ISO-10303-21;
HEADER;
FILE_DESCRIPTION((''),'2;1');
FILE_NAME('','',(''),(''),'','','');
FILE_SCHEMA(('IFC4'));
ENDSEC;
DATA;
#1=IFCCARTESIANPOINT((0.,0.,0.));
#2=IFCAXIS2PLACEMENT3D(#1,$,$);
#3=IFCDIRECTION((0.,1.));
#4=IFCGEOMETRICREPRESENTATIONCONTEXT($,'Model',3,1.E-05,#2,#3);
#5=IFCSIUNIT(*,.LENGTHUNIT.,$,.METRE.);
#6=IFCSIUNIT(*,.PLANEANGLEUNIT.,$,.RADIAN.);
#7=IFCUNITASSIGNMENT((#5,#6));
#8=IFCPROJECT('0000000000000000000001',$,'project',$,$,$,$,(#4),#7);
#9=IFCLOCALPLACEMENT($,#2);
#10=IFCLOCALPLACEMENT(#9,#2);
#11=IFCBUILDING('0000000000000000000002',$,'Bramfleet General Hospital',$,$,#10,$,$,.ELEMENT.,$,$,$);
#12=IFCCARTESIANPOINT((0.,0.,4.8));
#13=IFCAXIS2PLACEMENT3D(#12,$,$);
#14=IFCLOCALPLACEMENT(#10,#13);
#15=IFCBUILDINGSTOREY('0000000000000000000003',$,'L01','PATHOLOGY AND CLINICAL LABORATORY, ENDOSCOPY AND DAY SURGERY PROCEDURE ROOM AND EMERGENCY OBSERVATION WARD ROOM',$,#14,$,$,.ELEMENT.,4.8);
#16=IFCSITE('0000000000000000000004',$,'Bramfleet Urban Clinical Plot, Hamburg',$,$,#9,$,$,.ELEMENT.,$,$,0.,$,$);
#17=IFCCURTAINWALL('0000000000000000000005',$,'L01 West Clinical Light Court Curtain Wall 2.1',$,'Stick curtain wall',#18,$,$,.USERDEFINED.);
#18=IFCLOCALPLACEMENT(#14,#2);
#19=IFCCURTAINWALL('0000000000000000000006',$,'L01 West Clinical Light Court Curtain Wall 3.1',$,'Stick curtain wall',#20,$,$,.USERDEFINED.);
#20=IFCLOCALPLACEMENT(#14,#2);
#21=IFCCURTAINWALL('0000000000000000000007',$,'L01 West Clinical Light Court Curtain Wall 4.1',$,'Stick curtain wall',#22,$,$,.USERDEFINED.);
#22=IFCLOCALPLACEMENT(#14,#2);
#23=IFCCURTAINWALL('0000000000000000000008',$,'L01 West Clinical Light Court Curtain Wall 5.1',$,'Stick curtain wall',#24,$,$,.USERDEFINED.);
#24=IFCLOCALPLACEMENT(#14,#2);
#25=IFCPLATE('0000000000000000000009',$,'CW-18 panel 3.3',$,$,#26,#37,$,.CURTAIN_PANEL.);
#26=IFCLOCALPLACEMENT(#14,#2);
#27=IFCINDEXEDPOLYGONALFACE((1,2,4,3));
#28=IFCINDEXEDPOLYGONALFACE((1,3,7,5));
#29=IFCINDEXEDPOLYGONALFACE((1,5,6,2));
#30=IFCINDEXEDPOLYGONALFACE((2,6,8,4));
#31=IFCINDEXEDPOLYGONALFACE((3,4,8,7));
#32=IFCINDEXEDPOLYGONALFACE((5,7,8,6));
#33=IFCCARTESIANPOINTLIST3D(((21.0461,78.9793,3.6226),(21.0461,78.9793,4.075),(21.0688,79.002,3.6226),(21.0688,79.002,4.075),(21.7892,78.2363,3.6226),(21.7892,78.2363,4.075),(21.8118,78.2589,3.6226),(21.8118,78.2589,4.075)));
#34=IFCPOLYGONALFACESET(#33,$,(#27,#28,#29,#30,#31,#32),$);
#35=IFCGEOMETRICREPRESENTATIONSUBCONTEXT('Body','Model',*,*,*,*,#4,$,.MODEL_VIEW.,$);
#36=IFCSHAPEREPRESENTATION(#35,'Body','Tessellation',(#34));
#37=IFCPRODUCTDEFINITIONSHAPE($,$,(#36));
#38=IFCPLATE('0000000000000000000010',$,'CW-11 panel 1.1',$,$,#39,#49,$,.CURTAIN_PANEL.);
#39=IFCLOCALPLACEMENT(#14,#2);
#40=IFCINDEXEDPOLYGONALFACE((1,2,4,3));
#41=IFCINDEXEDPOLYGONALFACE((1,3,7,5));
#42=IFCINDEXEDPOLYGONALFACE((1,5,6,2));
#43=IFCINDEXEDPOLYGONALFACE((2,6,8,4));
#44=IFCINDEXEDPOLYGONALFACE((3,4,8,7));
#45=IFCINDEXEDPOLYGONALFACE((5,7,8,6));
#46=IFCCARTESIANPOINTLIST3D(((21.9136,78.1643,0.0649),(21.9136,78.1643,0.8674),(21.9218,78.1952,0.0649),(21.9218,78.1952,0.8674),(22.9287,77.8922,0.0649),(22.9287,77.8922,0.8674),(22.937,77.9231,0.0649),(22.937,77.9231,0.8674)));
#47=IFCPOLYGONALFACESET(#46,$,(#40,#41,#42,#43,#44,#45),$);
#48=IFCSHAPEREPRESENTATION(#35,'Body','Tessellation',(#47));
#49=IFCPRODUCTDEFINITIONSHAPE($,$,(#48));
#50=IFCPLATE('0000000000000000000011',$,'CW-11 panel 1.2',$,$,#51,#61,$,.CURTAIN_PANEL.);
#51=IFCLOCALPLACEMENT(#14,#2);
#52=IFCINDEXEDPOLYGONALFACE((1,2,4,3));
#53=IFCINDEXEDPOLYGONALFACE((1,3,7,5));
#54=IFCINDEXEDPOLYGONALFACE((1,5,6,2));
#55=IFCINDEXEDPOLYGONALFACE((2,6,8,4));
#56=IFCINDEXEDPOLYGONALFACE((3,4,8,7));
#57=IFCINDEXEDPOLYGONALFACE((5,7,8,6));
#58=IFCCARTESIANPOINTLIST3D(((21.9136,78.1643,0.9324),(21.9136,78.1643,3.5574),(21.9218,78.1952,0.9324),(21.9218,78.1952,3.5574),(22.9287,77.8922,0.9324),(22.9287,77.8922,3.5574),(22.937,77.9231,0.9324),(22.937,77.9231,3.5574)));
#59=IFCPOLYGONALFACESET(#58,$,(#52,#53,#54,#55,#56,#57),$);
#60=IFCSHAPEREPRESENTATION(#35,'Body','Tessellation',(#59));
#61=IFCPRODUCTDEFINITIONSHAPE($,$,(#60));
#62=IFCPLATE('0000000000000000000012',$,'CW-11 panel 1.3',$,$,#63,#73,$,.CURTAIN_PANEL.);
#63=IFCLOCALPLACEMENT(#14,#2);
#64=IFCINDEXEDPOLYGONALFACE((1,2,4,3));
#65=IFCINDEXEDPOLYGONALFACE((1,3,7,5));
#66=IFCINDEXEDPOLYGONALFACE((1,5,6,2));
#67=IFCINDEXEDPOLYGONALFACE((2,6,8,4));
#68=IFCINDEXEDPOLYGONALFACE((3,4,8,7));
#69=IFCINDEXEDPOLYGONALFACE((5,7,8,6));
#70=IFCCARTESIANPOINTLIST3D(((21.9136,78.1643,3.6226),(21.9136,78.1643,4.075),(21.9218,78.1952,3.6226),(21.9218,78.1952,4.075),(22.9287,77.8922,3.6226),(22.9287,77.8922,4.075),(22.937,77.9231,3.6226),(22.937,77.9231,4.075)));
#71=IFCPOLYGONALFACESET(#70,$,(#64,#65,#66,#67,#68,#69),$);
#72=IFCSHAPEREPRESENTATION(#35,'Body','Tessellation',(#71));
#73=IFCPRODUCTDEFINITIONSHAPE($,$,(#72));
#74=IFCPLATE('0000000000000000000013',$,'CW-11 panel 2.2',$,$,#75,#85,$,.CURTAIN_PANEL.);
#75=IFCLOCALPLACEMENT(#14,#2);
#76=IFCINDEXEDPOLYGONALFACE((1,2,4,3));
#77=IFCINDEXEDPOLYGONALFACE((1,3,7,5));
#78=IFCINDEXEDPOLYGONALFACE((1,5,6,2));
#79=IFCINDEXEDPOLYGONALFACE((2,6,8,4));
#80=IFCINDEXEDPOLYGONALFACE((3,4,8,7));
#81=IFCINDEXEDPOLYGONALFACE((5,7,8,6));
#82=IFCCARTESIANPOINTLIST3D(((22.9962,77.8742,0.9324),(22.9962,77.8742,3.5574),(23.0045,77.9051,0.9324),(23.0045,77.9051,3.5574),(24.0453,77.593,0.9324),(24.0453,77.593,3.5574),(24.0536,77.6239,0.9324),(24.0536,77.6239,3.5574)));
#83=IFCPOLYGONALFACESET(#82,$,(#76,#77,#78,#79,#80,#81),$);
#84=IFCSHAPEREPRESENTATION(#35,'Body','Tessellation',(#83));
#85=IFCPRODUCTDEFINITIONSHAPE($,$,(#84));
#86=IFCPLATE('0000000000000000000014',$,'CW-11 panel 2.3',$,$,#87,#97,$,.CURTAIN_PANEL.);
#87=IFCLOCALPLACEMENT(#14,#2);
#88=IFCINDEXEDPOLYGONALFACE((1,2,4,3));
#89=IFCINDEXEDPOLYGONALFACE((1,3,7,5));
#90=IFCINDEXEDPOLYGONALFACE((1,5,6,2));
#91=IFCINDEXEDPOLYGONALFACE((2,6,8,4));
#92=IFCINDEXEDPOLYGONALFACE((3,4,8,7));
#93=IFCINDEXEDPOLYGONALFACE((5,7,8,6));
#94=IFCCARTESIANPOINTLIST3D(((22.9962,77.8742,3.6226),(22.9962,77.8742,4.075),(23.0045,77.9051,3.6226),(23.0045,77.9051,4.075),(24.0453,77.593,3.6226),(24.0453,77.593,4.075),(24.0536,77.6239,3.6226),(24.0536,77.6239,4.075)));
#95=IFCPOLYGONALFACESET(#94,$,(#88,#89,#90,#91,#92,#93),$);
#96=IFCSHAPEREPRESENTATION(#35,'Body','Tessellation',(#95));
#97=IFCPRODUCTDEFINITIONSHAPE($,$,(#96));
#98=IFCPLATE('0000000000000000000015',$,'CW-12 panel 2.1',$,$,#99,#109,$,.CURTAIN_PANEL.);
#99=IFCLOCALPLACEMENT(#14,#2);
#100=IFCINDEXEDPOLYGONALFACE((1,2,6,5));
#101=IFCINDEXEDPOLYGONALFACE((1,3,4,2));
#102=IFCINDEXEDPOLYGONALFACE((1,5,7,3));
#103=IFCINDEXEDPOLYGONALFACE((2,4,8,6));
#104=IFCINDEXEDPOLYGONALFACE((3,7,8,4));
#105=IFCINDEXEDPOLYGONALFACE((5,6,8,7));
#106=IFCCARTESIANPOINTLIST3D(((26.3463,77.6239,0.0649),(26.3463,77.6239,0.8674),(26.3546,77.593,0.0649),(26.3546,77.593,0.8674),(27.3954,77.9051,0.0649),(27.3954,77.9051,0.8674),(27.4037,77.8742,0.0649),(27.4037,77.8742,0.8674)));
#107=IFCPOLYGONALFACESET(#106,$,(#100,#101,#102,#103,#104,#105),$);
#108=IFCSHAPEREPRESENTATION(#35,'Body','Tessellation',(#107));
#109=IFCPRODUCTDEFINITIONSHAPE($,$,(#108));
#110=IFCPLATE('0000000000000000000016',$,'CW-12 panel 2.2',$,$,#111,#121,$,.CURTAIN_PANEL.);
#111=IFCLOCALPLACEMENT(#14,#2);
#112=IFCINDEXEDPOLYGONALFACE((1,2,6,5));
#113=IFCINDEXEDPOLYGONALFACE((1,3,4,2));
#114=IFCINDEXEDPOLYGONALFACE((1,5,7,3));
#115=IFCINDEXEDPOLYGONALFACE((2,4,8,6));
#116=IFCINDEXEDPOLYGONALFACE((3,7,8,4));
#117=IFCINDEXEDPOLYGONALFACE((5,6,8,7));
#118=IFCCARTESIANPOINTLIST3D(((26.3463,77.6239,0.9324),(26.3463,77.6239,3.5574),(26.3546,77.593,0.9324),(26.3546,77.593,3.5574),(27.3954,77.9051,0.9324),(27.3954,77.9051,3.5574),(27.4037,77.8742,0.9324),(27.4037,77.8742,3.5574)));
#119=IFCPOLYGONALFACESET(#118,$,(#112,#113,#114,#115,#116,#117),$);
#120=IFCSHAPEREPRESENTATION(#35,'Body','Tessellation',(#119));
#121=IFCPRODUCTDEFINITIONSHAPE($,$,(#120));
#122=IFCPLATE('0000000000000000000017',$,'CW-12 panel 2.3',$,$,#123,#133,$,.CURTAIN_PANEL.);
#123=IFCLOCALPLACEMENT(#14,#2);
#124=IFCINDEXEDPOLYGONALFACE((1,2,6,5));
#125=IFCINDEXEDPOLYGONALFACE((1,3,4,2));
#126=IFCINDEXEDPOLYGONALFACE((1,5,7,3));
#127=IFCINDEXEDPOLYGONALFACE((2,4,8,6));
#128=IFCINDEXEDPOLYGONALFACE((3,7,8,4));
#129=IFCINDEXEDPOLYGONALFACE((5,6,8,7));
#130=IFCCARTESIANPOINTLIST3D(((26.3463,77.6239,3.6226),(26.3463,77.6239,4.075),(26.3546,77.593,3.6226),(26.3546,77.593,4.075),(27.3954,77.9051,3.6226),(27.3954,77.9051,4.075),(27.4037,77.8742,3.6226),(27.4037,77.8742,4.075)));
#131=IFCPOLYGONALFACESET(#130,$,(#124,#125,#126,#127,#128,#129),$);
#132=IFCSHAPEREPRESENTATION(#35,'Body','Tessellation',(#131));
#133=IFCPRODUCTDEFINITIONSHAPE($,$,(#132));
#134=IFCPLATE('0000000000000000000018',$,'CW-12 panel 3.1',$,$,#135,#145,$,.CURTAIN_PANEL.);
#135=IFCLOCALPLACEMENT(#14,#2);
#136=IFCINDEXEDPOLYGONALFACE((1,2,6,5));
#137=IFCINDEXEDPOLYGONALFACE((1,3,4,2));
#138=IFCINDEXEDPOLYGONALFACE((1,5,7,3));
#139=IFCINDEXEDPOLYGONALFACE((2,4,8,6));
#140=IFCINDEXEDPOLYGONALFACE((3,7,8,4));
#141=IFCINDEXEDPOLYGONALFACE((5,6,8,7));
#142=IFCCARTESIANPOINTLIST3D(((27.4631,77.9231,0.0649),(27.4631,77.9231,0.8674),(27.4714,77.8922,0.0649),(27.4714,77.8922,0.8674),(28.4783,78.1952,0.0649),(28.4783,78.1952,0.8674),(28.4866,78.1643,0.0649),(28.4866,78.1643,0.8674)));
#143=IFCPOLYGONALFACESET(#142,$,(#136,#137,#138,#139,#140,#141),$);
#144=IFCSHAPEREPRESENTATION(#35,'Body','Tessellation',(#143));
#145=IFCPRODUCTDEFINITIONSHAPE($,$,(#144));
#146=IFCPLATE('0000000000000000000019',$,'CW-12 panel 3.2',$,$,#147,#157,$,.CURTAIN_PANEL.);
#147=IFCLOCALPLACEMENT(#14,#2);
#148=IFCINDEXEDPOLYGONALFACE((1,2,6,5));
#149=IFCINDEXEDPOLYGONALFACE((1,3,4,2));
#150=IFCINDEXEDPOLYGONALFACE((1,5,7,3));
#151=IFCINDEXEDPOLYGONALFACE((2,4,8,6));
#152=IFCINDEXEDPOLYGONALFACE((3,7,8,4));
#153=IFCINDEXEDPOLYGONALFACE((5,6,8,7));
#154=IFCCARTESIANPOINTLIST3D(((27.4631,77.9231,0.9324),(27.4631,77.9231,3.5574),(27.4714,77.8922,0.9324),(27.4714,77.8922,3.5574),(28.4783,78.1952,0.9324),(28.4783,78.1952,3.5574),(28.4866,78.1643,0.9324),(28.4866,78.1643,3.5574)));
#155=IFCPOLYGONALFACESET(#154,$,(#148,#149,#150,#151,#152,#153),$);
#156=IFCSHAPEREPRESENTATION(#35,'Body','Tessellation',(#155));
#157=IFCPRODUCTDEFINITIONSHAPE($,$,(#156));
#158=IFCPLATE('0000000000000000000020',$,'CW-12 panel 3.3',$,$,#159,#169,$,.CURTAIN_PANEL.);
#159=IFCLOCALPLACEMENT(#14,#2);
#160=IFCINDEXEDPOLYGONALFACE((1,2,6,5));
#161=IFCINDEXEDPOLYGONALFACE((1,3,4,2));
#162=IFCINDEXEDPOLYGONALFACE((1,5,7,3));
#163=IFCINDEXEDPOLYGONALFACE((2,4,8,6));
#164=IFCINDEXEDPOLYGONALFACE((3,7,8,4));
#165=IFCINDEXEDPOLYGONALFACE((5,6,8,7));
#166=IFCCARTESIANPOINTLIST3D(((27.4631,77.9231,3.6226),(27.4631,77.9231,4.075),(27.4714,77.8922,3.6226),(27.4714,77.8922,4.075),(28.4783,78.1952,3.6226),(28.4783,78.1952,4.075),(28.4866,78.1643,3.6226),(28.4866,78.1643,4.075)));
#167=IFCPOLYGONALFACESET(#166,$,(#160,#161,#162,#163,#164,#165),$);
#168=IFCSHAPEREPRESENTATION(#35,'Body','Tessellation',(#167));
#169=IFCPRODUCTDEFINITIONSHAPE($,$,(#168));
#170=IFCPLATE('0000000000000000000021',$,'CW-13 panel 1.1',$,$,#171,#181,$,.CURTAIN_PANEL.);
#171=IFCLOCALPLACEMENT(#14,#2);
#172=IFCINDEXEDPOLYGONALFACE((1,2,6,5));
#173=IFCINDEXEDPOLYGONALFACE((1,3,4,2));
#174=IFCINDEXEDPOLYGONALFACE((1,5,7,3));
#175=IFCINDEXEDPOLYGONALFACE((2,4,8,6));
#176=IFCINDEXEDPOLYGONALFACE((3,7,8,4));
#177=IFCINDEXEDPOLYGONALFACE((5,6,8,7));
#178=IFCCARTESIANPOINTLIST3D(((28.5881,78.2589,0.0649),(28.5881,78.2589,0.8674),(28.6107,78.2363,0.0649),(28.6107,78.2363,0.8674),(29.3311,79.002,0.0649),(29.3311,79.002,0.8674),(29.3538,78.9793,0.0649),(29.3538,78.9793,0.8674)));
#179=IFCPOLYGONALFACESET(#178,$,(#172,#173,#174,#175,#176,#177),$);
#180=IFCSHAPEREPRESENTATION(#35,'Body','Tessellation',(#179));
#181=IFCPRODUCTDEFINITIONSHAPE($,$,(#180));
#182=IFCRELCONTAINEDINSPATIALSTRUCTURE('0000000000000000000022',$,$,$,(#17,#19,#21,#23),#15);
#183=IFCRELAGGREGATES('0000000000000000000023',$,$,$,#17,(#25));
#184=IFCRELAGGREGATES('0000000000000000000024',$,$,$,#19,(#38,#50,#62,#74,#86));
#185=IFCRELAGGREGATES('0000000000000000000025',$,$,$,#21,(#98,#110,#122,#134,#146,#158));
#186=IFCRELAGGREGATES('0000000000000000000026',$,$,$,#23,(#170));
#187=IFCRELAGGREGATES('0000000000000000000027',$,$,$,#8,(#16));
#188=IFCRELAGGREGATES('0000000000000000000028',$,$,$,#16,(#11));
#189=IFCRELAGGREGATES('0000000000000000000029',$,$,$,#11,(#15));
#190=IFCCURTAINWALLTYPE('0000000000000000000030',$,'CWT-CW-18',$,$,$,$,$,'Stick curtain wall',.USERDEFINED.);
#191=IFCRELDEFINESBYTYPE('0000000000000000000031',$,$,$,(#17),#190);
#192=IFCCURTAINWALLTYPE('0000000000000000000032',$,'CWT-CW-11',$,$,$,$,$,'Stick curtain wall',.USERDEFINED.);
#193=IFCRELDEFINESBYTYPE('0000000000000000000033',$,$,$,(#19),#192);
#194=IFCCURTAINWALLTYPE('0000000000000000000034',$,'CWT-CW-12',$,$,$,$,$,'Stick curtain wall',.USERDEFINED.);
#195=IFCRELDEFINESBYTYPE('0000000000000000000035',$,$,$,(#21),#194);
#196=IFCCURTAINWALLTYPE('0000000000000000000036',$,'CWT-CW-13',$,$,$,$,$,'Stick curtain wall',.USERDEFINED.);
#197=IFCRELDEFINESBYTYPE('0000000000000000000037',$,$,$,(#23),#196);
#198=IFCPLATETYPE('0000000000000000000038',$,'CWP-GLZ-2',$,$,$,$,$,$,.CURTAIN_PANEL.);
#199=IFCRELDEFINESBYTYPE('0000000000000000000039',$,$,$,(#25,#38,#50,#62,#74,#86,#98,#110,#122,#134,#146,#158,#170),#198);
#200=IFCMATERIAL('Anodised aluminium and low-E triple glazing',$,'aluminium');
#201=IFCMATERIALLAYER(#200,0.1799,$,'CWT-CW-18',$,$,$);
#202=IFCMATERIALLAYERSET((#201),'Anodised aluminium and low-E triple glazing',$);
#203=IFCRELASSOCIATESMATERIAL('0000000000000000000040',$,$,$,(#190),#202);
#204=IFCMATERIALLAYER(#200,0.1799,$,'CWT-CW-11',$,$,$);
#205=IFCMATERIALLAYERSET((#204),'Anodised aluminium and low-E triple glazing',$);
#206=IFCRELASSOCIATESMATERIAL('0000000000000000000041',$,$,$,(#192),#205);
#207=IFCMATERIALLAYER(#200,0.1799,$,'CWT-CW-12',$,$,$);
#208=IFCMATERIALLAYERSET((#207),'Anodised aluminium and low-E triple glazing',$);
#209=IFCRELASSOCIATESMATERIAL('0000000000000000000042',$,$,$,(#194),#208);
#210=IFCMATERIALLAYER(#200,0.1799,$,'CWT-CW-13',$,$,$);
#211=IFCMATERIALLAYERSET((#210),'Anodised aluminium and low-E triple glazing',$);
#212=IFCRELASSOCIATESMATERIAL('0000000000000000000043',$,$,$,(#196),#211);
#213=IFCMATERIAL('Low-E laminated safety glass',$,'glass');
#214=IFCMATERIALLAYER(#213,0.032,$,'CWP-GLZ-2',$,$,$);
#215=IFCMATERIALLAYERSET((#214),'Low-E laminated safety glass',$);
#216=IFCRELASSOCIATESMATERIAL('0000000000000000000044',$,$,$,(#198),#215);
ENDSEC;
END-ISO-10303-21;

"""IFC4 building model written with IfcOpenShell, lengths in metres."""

from ifc_helpers import new_model, si_unit, direction, frame, origin, origin_2d, place, context, subcontext, project, spatial, rectangle, extrude, material, layer, layer_set, type_object, element, aggregate, save


model = new_model("IFC4")

# Units and contexts
model_context = context("Model", 3, precision=1e-05, world=origin(), true_north=direction((0.0, 1.0)))
body_context = subcontext(model_context, "Body", "Model", "MODEL_VIEW")
ifc_project = project(units=[si_unit("LENGTHUNIT", "METRE"), si_unit("PLANEANGLEUNIT", "RADIAN")], contexts=[model_context])

# Site, building, storey
site_placement = place(None, origin())
site = spatial("IfcSite", under=ifc_project, at=site_placement, Name="Bramfleet Urban Clinical Plot, Hamburg", CompositionType="ELEMENT", RefElevation=0.0)
building_placement = place(site_placement, origin())
building = spatial("IfcBuilding", under=site, at=building_placement, Name="Bramfleet General Hospital", CompositionType="ELEMENT")
storey_placement = place(building_placement, frame((0.0, 0.0, 4.8)))
storey = spatial("IfcBuildingStorey", under=building, at=storey_placement, Name="L01", Description="PATHOLOGY AND CLINICAL LABORATORY, ENDOSCOPY AND DAY SURGERY PROCEDURE ROOM AND EMERGENCY OBSERVATION WARD ROOM", CompositionType="ELEMENT", Elevation=4.8)

# Curtain wall
ifc_material_1 = material(Name="Anodised aluminium and low-E triple glazing", Category="aluminium")
ifc_layer_1 = layer(ifc_material_1, 0.1799, Name="CWT-CW-18")
ifc_layer_set_1 = layer_set([ifc_layer_1], Name="Anodised aluminium and low-E triple glazing")
curtain_wall_type_1 = type_object("IfcCurtainWallType", Name="CWT-CW-18", ElementType="Stick curtain wall", PredefinedType="USERDEFINED", material=ifc_layer_set_1)
curtain_wall_1_placement = place(storey_placement, origin())
curtain_wall_1 = element("IfcCurtainWall", 1, at=curtain_wall_1_placement, inside=storey, type_object=curtain_wall_type_1, Name="L01 West Clinical Light Court Curtain Wall 2.1", ObjectType="Stick curtain wall", PredefinedType="USERDEFINED")

# Curtain walls
ifc_layer_2 = layer(ifc_material_1, 0.1799, Name="CWT-CW-11")
ifc_layer_set_2 = layer_set([ifc_layer_2], Name="Anodised aluminium and low-E triple glazing")
curtain_wall_type_2 = type_object("IfcCurtainWallType", Name="CWT-CW-11", ElementType="Stick curtain wall", PredefinedType="USERDEFINED", material=ifc_layer_set_2)
curtain_wall_2_placement = place(storey_placement, origin())
curtain_wall_2 = element("IfcCurtainWall", 2, at=curtain_wall_2_placement, inside=storey, type_object=curtain_wall_type_2, Name="L01 West Clinical Light Court Curtain Wall 3.1", ObjectType="Stick curtain wall", PredefinedType="USERDEFINED")
ifc_layer_3 = layer(ifc_material_1, 0.1799, Name="CWT-CW-12")
ifc_layer_set_3 = layer_set([ifc_layer_3], Name="Anodised aluminium and low-E triple glazing")
curtain_wall_type_3 = type_object("IfcCurtainWallType", Name="CWT-CW-12", ElementType="Stick curtain wall", PredefinedType="USERDEFINED", material=ifc_layer_set_3)
curtain_wall_3_placement = place(storey_placement, origin())
curtain_wall_3 = element("IfcCurtainWall", 3, at=curtain_wall_3_placement, inside=storey, type_object=curtain_wall_type_3, Name="L01 West Clinical Light Court Curtain Wall 4.1", ObjectType="Stick curtain wall", PredefinedType="USERDEFINED")

# Curtain wall
ifc_layer_4 = layer(ifc_material_1, 0.1799, Name="CWT-CW-13")
ifc_layer_set_4 = layer_set([ifc_layer_4], Name="Anodised aluminium and low-E triple glazing")
curtain_wall_type_4 = type_object("IfcCurtainWallType", Name="CWT-CW-13", ElementType="Stick curtain wall", PredefinedType="USERDEFINED", material=ifc_layer_set_4)
curtain_wall_4_placement = place(storey_placement, origin())
curtain_wall_4 = element("IfcCurtainWall", 4, at=curtain_wall_4_placement, inside=storey, type_object=curtain_wall_type_4, Name="L01 West Clinical Light Court Curtain Wall 5.1", ObjectType="Stick curtain wall", PredefinedType="USERDEFINED")

# Plates
ifc_material_2 = material(Name="Low-E laminated safety glass", Category="glass")
ifc_layer_5 = layer(ifc_material_2, 0.032, Name="CWP-GLZ-2")
ifc_layer_set_5 = layer_set([ifc_layer_5], Name="Low-E laminated safety glass")
plate_type = type_object("IfcPlateType", Name="CWP-GLZ-2", PredefinedType="CURTAIN_PANEL", material=ifc_layer_set_5)
plate_1_placement = place(storey_placement, frame((21.429, 78.6191, 3.6226), z_axis=(0.0, 0.0, 1.0), x_axis=(0.707107, -0.707107, 0.0)))
plate_1 = element("IfcPlate", 5, at=plate_1_placement, type_object=plate_type, Name="CW-18 panel 3.3", PredefinedType="CURTAIN_PANEL", context=body_context, shape_type="SweptSolid", body=[
    extrude(rectangle(XDim=1.0508, YDim=0.032, at=origin_2d()), origin(), (0.0, 0.0, 1.0), 0.4524),
])
aggregate(curtain_wall_1, [plate_1])
plate_2_placement = place(storey_placement, frame((22.4253, 78.0437, 0.0649), z_axis=(0.0, 0.0, 1.0), x_axis=(0.965899, -0.258919, 0.0)))
plate_2 = element("IfcPlate", 6, at=plate_2_placement, type_object=plate_type, Name="CW-11 panel 1.1", PredefinedType="CURTAIN_PANEL", context=body_context, shape_type="SweptSolid", body=[
    extrude(rectangle(XDim=1.051, YDim=0.032, at=origin_2d()), origin(), (0.0, 0.0, 1.0), 0.8025),
])
plate_3_placement = place(storey_placement, frame((22.4253, 78.0437, 0.9324), z_axis=(0.0, 0.0, 1.0), x_axis=(0.965899, -0.258919, 0.0)))
plate_3 = element("IfcPlate", 7, at=plate_3_placement, type_object=plate_type, Name="CW-11 panel 1.2", PredefinedType="CURTAIN_PANEL", context=body_context, shape_type="SweptSolid", body=[
    extrude(rectangle(XDim=1.051, YDim=0.032, at=origin_2d()), origin(), (0.0, 0.0, 1.0), 2.625),
])
plate_4_placement = place(storey_placement, frame((22.4253, 78.0437, 3.6226), z_axis=(0.0, 0.0, 1.0), x_axis=(0.965899, -0.258919, 0.0)))
plate_4 = element("IfcPlate", 8, at=plate_4_placement, type_object=plate_type, Name="CW-11 panel 1.3", PredefinedType="CURTAIN_PANEL", context=body_context, shape_type="SweptSolid", body=[
    extrude(rectangle(XDim=1.051, YDim=0.032, at=origin_2d()), origin(), (0.0, 0.0, 1.0), 0.4524),
])
plate_5_placement = place(storey_placement, frame((23.5249, 77.749, 0.9324), z_axis=(0.0, 0.0, 1.0), x_axis=(0.965899, -0.258919, 0.0)))
plate_5 = element("IfcPlate", 9, at=plate_5_placement, type_object=plate_type, Name="CW-11 panel 2.2", PredefinedType="CURTAIN_PANEL", context=body_context, shape_type="SweptSolid", body=[
    extrude(rectangle(XDim=1.0862, YDim=0.032, at=origin_2d()), origin(), (0.0, 0.0, 1.0), 2.625),
])
plate_6_placement = place(storey_placement, frame((23.5249, 77.749, 3.6226), z_axis=(0.0, 0.0, 1.0), x_axis=(0.965899, -0.258919, 0.0)))
plate_6 = element("IfcPlate", 10, at=plate_6_placement, type_object=plate_type, Name="CW-11 panel 2.3", PredefinedType="CURTAIN_PANEL", context=body_context, shape_type="SweptSolid", body=[
    extrude(rectangle(XDim=1.0862, YDim=0.032, at=origin_2d()), origin(), (0.0, 0.0, 1.0), 0.4524),
])
aggregate(curtain_wall_2, [plate_2, plate_3, plate_4, plate_5, plate_6])
plate_7_placement = place(storey_placement, frame((26.875, 77.749, 0.0649), z_axis=(0.0, 0.0, 1.0), x_axis=(0.965899, 0.258919, 0.0)))
plate_7 = element("IfcPlate", 11, at=plate_7_placement, type_object=plate_type, Name="CW-12 panel 2.1", PredefinedType="CURTAIN_PANEL", context=body_context, shape_type="SweptSolid", body=[
    extrude(rectangle(XDim=1.0862, YDim=0.032, at=origin_2d()), origin(), (0.0, 0.0, 1.0), 0.8025),
])
plate_8_placement = place(storey_placement, frame((26.875, 77.749, 0.9324), z_axis=(0.0, 0.0, 1.0), x_axis=(0.965899, 0.258919, 0.0)))
plate_8 = element("IfcPlate", 12, at=plate_8_placement, type_object=plate_type, Name="CW-12 panel 2.2", PredefinedType="CURTAIN_PANEL", context=body_context, shape_type="SweptSolid", body=[
    extrude(rectangle(XDim=1.0862, YDim=0.032, at=origin_2d()), origin(), (0.0, 0.0, 1.0), 2.625),
])
plate_9_placement = place(storey_placement, frame((26.875, 77.749, 3.6226), z_axis=(0.0, 0.0, 1.0), x_axis=(0.965899, 0.258919, 0.0)))
plate_9 = element("IfcPlate", 13, at=plate_9_placement, type_object=plate_type, Name="CW-12 panel 2.3", PredefinedType="CURTAIN_PANEL", context=body_context, shape_type="SweptSolid", body=[
    extrude(rectangle(XDim=1.0862, YDim=0.032, at=origin_2d()), origin(), (0.0, 0.0, 1.0), 0.4524),
])
plate_10_placement = place(storey_placement, frame((27.9749, 78.0437, 0.0649), z_axis=(0.0, 0.0, 1.0), x_axis=(0.965899, 0.258919, 0.0)))
plate_10 = element("IfcPlate", 14, at=plate_10_placement, type_object=plate_type, Name="CW-12 panel 3.1", PredefinedType="CURTAIN_PANEL", context=body_context, shape_type="SweptSolid", body=[
    extrude(rectangle(XDim=1.051, YDim=0.032, at=origin_2d()), origin(), (0.0, 0.0, 1.0), 0.8025),
])
plate_11_placement = place(storey_placement, frame((27.9749, 78.0437, 0.9324), z_axis=(0.0, 0.0, 1.0), x_axis=(0.965899, 0.258919, 0.0)))
plate_11 = element("IfcPlate", 15, at=plate_11_placement, type_object=plate_type, Name="CW-12 panel 3.2", PredefinedType="CURTAIN_PANEL", context=body_context, shape_type="SweptSolid", body=[
    extrude(rectangle(XDim=1.051, YDim=0.032, at=origin_2d()), origin(), (0.0, 0.0, 1.0), 2.625),
])
plate_12_placement = place(storey_placement, frame((27.9749, 78.0437, 3.6226), z_axis=(0.0, 0.0, 1.0), x_axis=(0.965899, 0.258919, 0.0)))
plate_12 = element("IfcPlate", 16, at=plate_12_placement, type_object=plate_type, Name="CW-12 panel 3.3", PredefinedType="CURTAIN_PANEL", context=body_context, shape_type="SweptSolid", body=[
    extrude(rectangle(XDim=1.051, YDim=0.032, at=origin_2d()), origin(), (0.0, 0.0, 1.0), 0.4524),
])
aggregate(curtain_wall_3, [plate_7, plate_8, plate_9, plate_10, plate_11, plate_12])
plate_13_placement = place(storey_placement, frame((28.9709, 78.6191, 0.0649), z_axis=(0.0, 0.0, 1.0), x_axis=(0.707107, 0.707107, 0.0)))
plate_13 = element("IfcPlate", 17, at=plate_13_placement, type_object=plate_type, Name="CW-13 panel 1.1", PredefinedType="CURTAIN_PANEL", context=body_context, shape_type="SweptSolid", body=[
    extrude(rectangle(XDim=1.0508, YDim=0.032, at=origin_2d()), origin(), (0.0, 0.0, 1.0), 0.8025),
])
aggregate(curtain_wall_4, [plate_13])

save(model, "model.ifc")
